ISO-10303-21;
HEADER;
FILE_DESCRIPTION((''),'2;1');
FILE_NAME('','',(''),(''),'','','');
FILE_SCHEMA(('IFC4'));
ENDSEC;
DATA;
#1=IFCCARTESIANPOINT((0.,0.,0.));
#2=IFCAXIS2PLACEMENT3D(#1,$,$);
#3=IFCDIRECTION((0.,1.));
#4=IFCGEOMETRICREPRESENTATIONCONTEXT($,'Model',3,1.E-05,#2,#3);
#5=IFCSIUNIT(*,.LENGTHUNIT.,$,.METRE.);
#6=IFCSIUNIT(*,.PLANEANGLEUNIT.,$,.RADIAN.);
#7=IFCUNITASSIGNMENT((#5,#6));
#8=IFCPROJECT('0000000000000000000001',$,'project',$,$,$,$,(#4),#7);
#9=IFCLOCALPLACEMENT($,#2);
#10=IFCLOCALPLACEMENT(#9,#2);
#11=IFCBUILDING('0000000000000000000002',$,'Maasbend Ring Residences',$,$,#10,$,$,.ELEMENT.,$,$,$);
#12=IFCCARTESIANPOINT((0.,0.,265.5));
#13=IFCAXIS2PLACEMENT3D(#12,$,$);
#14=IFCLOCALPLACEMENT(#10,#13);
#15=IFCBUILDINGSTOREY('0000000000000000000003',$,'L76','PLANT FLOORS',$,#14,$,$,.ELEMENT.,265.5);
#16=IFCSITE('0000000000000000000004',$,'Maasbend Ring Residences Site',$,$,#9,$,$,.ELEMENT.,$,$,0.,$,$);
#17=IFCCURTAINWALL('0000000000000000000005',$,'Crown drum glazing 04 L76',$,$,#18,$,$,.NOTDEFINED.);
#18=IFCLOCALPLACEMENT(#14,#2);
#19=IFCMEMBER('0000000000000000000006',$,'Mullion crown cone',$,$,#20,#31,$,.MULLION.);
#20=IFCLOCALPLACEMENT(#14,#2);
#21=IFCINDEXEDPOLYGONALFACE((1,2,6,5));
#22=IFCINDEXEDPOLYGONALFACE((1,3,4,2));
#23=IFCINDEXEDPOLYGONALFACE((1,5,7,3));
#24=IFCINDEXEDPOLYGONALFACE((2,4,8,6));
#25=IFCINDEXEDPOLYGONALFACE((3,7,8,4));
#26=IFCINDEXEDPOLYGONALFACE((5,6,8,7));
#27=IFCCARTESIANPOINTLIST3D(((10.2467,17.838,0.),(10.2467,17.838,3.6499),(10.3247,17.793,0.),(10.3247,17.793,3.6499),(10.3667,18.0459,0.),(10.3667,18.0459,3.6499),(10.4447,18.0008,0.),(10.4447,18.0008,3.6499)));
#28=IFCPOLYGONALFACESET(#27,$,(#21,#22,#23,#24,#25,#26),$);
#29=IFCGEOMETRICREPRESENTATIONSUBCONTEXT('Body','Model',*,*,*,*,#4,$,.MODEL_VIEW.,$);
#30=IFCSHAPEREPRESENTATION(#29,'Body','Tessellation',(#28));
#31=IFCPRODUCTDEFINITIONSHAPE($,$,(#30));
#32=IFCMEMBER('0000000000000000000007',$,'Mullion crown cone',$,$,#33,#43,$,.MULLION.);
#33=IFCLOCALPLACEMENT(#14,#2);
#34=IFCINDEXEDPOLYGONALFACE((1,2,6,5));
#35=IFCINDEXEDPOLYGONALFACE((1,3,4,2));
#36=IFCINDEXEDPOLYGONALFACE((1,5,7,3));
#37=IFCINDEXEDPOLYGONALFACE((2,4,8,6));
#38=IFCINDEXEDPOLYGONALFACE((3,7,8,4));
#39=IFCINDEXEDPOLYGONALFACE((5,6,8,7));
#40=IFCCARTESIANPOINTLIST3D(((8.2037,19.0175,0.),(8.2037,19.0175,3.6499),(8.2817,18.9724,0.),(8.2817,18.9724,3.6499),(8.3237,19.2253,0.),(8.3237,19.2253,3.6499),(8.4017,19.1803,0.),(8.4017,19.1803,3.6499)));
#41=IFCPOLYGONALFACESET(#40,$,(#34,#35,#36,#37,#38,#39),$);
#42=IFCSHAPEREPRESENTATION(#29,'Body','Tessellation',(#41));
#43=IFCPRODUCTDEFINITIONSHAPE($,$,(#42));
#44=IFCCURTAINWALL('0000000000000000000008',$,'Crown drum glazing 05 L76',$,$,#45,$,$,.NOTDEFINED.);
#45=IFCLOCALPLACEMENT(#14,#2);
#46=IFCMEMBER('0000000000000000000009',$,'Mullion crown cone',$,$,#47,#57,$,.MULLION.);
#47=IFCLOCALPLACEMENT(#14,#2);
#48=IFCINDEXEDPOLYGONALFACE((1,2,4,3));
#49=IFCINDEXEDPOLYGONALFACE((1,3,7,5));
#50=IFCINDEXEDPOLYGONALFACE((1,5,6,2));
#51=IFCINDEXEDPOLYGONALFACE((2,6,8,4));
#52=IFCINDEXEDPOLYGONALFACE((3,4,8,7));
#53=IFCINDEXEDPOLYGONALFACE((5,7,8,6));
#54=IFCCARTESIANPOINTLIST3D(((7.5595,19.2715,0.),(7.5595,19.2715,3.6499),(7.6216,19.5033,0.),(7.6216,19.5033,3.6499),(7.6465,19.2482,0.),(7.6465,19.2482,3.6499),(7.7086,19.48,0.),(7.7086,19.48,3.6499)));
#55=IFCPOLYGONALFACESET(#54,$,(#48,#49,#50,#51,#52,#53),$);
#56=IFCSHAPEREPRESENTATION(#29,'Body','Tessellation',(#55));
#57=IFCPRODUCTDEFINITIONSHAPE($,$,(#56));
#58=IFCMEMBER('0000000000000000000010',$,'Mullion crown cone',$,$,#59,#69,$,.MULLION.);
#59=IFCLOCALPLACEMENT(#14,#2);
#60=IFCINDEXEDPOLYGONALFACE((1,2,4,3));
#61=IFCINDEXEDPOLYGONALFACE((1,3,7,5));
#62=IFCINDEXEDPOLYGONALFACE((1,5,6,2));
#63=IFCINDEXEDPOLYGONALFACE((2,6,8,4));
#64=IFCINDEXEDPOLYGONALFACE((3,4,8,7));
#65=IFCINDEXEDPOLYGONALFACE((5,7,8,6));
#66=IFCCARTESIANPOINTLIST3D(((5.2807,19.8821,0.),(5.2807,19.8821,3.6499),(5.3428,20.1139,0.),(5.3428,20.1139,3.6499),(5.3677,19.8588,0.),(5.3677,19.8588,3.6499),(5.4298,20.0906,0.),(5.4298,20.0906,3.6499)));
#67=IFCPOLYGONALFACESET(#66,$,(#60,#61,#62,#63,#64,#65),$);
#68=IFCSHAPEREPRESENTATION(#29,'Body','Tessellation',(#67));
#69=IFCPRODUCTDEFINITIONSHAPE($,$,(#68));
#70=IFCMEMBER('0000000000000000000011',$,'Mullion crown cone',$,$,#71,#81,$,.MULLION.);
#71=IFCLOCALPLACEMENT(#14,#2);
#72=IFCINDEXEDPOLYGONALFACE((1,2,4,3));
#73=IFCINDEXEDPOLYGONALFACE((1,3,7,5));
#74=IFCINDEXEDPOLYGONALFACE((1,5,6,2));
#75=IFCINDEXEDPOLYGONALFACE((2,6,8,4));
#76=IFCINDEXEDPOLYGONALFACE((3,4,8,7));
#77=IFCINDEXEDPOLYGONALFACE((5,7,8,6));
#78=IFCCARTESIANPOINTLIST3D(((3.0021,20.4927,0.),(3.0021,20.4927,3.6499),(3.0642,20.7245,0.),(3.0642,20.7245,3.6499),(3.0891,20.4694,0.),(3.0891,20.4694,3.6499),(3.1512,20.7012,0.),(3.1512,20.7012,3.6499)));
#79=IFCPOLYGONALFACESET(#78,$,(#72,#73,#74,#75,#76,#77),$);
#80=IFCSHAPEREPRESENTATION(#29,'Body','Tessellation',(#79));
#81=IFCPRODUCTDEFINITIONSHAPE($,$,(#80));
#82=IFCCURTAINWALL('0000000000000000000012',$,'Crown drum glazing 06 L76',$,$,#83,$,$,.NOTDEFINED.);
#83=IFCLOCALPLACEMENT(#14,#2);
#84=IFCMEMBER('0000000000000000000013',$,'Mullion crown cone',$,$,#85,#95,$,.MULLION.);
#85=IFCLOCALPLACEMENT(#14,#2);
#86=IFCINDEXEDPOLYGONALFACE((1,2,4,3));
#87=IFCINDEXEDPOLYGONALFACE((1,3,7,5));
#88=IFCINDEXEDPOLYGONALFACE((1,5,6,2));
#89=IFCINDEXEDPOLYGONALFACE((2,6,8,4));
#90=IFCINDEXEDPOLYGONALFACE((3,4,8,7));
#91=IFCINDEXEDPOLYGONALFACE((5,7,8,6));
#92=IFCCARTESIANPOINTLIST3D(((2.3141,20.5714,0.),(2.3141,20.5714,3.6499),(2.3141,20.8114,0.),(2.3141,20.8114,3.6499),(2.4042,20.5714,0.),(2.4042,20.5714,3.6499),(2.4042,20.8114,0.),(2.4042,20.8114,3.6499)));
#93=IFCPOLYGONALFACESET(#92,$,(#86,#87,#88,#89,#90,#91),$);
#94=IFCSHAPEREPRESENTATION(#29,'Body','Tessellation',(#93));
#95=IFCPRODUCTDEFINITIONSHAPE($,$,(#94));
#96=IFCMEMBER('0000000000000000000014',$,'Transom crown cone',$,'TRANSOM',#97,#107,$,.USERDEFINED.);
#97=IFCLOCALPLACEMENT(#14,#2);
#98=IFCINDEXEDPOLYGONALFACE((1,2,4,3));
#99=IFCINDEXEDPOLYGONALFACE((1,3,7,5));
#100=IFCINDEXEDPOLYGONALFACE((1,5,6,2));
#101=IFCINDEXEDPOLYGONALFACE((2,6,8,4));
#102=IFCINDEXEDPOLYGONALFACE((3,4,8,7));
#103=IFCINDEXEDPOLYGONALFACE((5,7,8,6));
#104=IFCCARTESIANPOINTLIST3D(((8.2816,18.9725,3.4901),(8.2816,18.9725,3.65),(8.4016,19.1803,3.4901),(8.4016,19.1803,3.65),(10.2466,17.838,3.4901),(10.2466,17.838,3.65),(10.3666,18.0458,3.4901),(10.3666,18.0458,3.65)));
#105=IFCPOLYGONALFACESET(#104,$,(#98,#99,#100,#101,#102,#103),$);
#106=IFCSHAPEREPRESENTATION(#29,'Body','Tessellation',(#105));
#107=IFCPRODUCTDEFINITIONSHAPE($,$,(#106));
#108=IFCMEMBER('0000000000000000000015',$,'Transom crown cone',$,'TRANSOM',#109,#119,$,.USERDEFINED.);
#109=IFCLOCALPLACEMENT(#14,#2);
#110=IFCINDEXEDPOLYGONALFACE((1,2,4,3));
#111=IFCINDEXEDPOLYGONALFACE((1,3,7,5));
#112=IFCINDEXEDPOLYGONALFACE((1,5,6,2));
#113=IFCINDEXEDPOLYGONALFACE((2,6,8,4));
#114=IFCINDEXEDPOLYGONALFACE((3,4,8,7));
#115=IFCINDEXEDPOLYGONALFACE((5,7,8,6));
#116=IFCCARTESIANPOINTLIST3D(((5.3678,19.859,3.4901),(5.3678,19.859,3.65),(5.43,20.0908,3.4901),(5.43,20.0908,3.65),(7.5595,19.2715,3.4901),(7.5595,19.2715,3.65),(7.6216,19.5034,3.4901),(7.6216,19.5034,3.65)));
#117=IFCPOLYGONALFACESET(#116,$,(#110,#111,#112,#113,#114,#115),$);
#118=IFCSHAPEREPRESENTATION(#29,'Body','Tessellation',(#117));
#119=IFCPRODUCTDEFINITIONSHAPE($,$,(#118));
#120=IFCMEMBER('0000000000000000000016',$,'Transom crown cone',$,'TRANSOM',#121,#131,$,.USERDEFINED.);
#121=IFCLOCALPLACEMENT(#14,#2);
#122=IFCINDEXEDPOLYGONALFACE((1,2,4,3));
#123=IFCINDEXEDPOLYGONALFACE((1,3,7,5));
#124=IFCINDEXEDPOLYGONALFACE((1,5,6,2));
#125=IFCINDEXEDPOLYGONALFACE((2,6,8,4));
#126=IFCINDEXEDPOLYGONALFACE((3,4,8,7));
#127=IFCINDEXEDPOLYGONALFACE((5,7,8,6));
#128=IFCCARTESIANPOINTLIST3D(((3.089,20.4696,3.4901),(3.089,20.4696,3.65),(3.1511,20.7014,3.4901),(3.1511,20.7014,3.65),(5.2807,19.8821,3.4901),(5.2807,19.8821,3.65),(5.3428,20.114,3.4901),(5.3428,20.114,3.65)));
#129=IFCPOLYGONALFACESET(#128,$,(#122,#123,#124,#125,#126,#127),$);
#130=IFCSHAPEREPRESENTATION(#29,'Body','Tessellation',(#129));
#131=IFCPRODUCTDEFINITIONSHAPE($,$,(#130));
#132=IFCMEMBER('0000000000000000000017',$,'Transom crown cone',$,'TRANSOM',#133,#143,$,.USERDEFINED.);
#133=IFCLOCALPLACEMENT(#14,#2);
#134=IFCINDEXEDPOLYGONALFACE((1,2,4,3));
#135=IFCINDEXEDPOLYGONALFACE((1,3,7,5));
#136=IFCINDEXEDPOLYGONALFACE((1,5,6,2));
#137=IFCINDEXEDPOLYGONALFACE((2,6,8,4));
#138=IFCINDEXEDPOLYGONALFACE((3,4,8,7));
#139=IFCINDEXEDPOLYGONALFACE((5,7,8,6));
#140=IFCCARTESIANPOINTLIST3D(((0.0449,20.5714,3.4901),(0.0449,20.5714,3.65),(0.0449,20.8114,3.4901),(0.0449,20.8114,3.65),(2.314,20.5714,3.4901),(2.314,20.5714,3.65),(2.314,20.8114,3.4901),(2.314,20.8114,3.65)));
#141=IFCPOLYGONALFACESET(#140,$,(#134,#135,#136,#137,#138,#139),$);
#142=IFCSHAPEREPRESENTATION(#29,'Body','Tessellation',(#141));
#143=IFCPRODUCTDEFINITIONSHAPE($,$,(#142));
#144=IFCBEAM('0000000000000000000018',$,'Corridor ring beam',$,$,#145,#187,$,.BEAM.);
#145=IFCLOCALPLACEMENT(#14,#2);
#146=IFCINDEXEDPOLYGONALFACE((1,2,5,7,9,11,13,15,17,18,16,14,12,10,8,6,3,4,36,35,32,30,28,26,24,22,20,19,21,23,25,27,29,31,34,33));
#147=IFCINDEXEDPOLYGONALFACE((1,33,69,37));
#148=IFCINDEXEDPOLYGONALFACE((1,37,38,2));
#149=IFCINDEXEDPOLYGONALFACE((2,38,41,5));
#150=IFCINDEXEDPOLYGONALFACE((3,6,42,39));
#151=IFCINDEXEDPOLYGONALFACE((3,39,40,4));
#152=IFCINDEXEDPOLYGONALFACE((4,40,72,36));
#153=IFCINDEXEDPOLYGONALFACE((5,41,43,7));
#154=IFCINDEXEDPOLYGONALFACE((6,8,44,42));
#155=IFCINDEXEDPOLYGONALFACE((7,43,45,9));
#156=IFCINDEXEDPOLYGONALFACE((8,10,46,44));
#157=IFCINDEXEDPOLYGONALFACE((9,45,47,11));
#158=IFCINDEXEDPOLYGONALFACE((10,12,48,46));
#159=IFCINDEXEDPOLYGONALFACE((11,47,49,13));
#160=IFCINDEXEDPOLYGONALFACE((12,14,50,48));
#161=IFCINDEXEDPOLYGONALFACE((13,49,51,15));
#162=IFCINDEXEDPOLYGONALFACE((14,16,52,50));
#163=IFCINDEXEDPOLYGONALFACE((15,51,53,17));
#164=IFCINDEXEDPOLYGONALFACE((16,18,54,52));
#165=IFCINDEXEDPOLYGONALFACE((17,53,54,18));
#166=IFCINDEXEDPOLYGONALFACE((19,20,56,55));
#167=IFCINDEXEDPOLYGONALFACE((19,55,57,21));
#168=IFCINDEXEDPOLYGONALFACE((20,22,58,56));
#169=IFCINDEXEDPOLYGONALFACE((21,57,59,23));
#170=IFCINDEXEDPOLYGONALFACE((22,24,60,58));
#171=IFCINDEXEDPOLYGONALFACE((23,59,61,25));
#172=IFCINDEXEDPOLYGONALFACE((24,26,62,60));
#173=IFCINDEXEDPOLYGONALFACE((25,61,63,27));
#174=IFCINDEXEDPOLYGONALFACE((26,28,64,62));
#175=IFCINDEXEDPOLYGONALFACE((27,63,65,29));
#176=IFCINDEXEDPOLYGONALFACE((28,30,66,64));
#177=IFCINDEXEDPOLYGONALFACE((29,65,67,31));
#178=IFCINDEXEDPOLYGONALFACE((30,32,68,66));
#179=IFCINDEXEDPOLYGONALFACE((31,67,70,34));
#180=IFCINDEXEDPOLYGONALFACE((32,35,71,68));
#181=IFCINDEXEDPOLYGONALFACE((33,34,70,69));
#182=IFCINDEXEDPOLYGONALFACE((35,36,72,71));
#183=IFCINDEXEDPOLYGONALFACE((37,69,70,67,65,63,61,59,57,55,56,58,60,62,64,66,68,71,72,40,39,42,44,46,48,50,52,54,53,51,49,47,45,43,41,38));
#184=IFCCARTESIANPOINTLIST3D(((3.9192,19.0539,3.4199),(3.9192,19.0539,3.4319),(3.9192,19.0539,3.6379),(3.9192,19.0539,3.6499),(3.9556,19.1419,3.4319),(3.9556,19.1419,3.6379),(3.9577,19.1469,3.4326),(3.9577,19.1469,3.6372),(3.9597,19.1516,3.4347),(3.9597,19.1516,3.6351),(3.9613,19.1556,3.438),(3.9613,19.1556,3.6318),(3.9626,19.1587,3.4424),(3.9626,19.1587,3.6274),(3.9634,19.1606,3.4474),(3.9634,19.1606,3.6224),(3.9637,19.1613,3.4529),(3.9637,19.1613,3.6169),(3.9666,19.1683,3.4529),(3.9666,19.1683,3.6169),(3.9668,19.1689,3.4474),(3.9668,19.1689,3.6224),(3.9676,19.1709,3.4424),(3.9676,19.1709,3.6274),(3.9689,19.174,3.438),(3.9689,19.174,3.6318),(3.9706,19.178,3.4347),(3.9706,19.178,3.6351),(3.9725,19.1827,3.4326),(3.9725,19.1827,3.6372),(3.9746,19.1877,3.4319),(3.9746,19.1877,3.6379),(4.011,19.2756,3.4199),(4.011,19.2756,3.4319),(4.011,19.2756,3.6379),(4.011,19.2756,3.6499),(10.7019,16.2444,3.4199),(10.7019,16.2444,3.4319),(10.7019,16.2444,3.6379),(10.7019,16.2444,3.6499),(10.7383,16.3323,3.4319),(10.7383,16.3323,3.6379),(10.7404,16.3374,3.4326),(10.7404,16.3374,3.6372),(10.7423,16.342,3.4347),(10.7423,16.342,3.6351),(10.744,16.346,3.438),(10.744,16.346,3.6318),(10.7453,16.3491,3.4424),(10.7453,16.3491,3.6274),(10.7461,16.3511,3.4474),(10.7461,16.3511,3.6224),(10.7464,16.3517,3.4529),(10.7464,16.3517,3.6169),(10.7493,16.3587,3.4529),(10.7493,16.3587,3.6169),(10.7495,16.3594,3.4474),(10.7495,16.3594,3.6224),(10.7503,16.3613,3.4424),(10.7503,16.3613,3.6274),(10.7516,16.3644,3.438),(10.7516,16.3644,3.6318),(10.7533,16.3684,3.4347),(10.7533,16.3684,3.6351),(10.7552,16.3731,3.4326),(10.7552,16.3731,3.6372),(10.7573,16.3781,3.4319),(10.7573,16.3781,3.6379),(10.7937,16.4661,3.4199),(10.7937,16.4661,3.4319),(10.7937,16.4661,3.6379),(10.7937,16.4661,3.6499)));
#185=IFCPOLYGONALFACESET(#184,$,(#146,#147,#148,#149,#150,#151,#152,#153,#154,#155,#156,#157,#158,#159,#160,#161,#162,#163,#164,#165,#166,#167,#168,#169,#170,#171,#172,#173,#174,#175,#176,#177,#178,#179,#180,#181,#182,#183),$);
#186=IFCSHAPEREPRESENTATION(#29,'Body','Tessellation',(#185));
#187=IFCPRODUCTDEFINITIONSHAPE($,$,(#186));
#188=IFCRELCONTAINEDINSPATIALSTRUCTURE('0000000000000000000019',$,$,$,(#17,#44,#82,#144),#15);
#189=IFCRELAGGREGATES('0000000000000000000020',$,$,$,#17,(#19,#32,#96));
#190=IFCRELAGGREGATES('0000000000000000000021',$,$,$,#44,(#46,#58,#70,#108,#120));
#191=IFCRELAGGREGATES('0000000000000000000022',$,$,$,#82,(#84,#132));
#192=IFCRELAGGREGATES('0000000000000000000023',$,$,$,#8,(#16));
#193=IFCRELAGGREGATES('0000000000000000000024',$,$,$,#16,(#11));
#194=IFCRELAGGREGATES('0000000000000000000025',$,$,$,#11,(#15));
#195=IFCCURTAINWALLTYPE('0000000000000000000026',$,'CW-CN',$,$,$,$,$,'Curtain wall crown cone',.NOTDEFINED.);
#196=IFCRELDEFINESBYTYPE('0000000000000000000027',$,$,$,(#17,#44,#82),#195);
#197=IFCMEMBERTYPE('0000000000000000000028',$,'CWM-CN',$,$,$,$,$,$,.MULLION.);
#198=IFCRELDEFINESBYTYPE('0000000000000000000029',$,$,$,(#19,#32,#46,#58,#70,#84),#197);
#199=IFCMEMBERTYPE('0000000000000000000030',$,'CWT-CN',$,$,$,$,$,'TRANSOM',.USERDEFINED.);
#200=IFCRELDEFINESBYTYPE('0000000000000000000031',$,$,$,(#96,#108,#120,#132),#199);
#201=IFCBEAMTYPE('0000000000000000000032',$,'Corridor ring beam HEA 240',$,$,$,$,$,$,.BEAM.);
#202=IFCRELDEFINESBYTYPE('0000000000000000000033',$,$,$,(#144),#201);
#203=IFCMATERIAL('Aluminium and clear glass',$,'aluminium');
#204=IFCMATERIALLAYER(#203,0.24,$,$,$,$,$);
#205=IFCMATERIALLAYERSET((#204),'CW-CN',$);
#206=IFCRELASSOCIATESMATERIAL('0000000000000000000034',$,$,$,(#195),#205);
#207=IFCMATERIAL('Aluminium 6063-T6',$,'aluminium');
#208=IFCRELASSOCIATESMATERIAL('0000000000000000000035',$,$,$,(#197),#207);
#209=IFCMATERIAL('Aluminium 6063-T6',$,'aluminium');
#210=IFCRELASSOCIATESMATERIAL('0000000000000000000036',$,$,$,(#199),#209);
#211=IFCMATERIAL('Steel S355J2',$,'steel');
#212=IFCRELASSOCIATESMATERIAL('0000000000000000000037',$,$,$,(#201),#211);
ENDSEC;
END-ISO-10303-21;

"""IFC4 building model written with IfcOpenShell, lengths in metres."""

from ifc_helpers import new_model, si_unit, direction, frame, origin, origin_2d, place, context, subcontext, project, spatial, rectangle, i_section, extrude, material, layer, layer_set, material_profile, profile_set, type_object, element, aggregate, save


model = new_model("IFC4")

# Units and contexts
model_context = context("Model", 3, precision=1e-05, world=origin(), true_north=direction((0.0, 1.0)))
body_context = subcontext(model_context, "Body", "Model", "MODEL_VIEW")
ifc_project = project(units=[si_unit("LENGTHUNIT", "METRE"), si_unit("PLANEANGLEUNIT", "RADIAN")], contexts=[model_context])

# Site, building, storey
site_placement = place(None, origin())
site = spatial("IfcSite", under=ifc_project, at=site_placement, Name="Maasbend Ring Residences Site", CompositionType="ELEMENT", RefElevation=0.0)
building_placement = place(site_placement, origin())
building = spatial("IfcBuilding", under=site, at=building_placement, Name="Maasbend Ring Residences", CompositionType="ELEMENT")
storey_placement = place(building_placement, frame((0.0, 0.0, 265.5)))
storey = spatial("IfcBuildingStorey", under=building, at=storey_placement, Name="L76", Description="PLANT FLOORS", CompositionType="ELEMENT", Elevation=265.5)

# Curtain walls, members
ifc_material_1 = material(Name="Aluminium and clear glass", Category="aluminium")
ifc_layer_1 = layer(ifc_material_1, 0.24)
ifc_layer_set_1 = layer_set([ifc_layer_1], Name="CW-CN")
curtain_wall_type = type_object("IfcCurtainWallType", Name="CW-CN", ElementType="Curtain wall crown cone", PredefinedType="NOTDEFINED", material=ifc_layer_set_1)
curtain_wall_1_placement = place(storey_placement, origin())
curtain_wall_1 = element("IfcCurtainWall", 1, at=curtain_wall_1_placement, inside=storey, type_object=curtain_wall_type, Name="Crown drum glazing 04 L76", PredefinedType="NOTDEFINED")
ifc_material_2 = material(Name="Aluminium 6063-T6", Category="aluminium")
ifc_material_profile_1 = material_profile(ifc_material_2, rectangle(XDim=0.24, YDim=0.0901, at=origin_2d()), Name="AL 240x90")
ifc_profile_set_1 = profile_set([ifc_material_profile_1], Name="Aluminium 6063-T6")
member_type_1 = type_object("IfcMemberType", Name="CWM-CN", PredefinedType="MULLION", material=ifc_profile_set_1)
member_1_placement = place(storey_placement, frame((10.3457, 17.9194, 0.0), z_axis=(0.0, 0.0, 1.0), x_axis=(-0.5, -0.866025, 0.0)))
member_1 = element("IfcMember", 2, at=member_1_placement, type_object=member_type_1, Name="Mullion crown cone", PredefinedType="MULLION", context=body_context, shape_type="SweptSolid", body=[
    extrude(rectangle(XDim=0.24, YDim=0.0901, at=origin_2d()), origin(), (0.0, 0.0, 1.0), 3.6499),
])
member_2_placement = place(storey_placement, frame((8.3027, 19.0989, 0.0), z_axis=(0.0, 0.0, 1.0), x_axis=(-0.5, -0.866025, 0.0)))
member_2 = element("IfcMember", 3, at=member_2_placement, type_object=member_type_1, Name="Mullion crown cone", PredefinedType="MULLION", context=body_context, shape_type="SweptSolid", body=[
    extrude(rectangle(XDim=0.24, YDim=0.0901, at=origin_2d()), origin(), (0.0, 0.0, 1.0), 3.6499),
])
curtain_wall_2_placement = place(storey_placement, origin())
curtain_wall_2 = element("IfcCurtainWall", 4, at=curtain_wall_2_placement, inside=storey, type_object=curtain_wall_type, Name="Crown drum glazing 05 L76", PredefinedType="NOTDEFINED")
member_3_placement = place(storey_placement, frame((7.634, 19.3757, 0.0), z_axis=(0.0, 0.0, 1.0), x_axis=(-0.258819, -0.965926, 0.0)))
member_3 = element("IfcMember", 5, at=member_3_placement, type_object=member_type_1, Name="Mullion crown cone", PredefinedType="MULLION", context=body_context, shape_type="SweptSolid", body=[
    extrude(rectangle(XDim=0.24, YDim=0.0901, at=origin_2d()), origin(), (0.0, 0.0, 1.0), 3.6499),
])
member_4_placement = place(storey_placement, frame((5.3552, 19.9863, 0.0), z_axis=(0.0, 0.0, 1.0), x_axis=(-0.258819, -0.965926, 0.0)))
member_4 = element("IfcMember", 6, at=member_4_placement, type_object=member_type_1, Name="Mullion crown cone", PredefinedType="MULLION", context=body_context, shape_type="SweptSolid", body=[
    extrude(rectangle(XDim=0.24, YDim=0.0901, at=origin_2d()), origin(), (0.0, 0.0, 1.0), 3.6499),
])
member_5_placement = place(storey_placement, frame((3.0767, 20.5969, 0.0), z_axis=(0.0, 0.0, 1.0), x_axis=(-0.258819, -0.965926, 0.0)))
member_5 = element("IfcMember", 7, at=member_5_placement, type_object=member_type_1, Name="Mullion crown cone", PredefinedType="MULLION", context=body_context, shape_type="SweptSolid", body=[
    extrude(rectangle(XDim=0.24, YDim=0.0901, at=origin_2d()), origin(), (0.0, 0.0, 1.0), 3.6499),
])

# Curtain wall, member
curtain_wall_3_placement = place(storey_placement, origin())
curtain_wall_3 = element("IfcCurtainWall", 8, at=curtain_wall_3_placement, inside=storey, type_object=curtain_wall_type, Name="Crown drum glazing 06 L76", PredefinedType="NOTDEFINED")
member_6_placement = place(storey_placement, frame((2.3591, 20.6914, 0.0), z_axis=(0.0, 0.0, 1.0), x_axis=(0.0, -1.0, 0.0)))
member_6 = element("IfcMember", 9, at=member_6_placement, type_object=member_type_1, Name="Mullion crown cone", PredefinedType="MULLION", context=body_context, shape_type="SweptSolid", body=[
    extrude(rectangle(XDim=0.24, YDim=0.0901, at=origin_2d()), origin(), (0.0, 0.0, 1.0), 3.6499),
])

# Members
ifc_material_3 = material(Name="Aluminium 6063-T6", Category="aluminium")
ifc_material_profile_2 = material_profile(ifc_material_3, rectangle(XDim=0.24, YDim=0.1599, at=origin_2d()), Name="AL 240x160")
ifc_profile_set_2 = profile_set([ifc_material_profile_2], Name="Aluminium 6063-T6")
member_type_2 = type_object("IfcMemberType", Name="CWT-CN", ElementType="TRANSOM", PredefinedType="USERDEFINED", material=ifc_profile_set_2)
member_7_placement = place(storey_placement, frame((10.3066, 17.9419, 3.5701), z_axis=(-0.86603, 0.499993, 0.0), x_axis=(-0.499993, -0.86603, 0.0)))
member_7 = element("IfcMember", 10, at=member_7_placement, type_object=member_type_2, Name="Transom crown cone", ObjectType="TRANSOM", PredefinedType="USERDEFINED", context=body_context, shape_type="SweptSolid", body=[
    extrude(rectangle(XDim=0.24, YDim=0.1599, at=origin_2d()), origin(), (0.0, 0.0, 1.0), 2.269),
])
member_8_placement = place(storey_placement, frame((7.5906, 19.3875, 3.5701), z_axis=(-0.965909, 0.258881, 0.0), x_axis=(-0.258881, -0.965909, 0.0)))
member_8 = element("IfcMember", 11, at=member_8_placement, type_object=member_type_2, Name="Transom crown cone", ObjectType="TRANSOM", PredefinedType="USERDEFINED", context=body_context, shape_type="SweptSolid", body=[
    extrude(rectangle(XDim=0.24, YDim=0.1599, at=origin_2d()), origin(), (0.0, 0.0, 1.0), 2.269),
])
member_9_placement = place(storey_placement, frame((5.3118, 19.998, 3.5701), z_axis=(-0.965909, 0.258881, 0.0), x_axis=(-0.258881, -0.965909, 0.0)))
member_9 = element("IfcMember", 12, at=member_9_placement, type_object=member_type_2, Name="Transom crown cone", ObjectType="TRANSOM", PredefinedType="USERDEFINED", context=body_context, shape_type="SweptSolid", body=[
    extrude(rectangle(XDim=0.24, YDim=0.1599, at=origin_2d()), origin(), (0.0, 0.0, 1.0), 2.269),
])
member_10_placement = place(storey_placement, frame((2.314, 20.6914, 3.5701), z_axis=(-1.0, 0.0, 0.0), x_axis=(0.0, -1.0, 0.0)))
member_10 = element("IfcMember", 13, at=member_10_placement, type_object=member_type_2, Name="Transom crown cone", ObjectType="TRANSOM", PredefinedType="USERDEFINED", context=body_context, shape_type="SweptSolid", body=[
    extrude(rectangle(XDim=0.24, YDim=0.1599, at=origin_2d()), origin(), (0.0, 0.0, 1.0), 2.269),
])

# Beam
ifc_material_4 = material(Name="Steel S355J2", Category="steel")
ifc_material_profile_3 = material_profile(ifc_material_4, i_section(OverallWidth=0.24, OverallDepth=0.23, WebThickness=0.0076, FlangeThickness=0.012, FilletRadius=0.021, at=origin_2d()), Name="HEA 240")
ifc_profile_set_3 = profile_set([ifc_material_profile_3], Name="Steel S355J2")
beam_type_1 = type_object("IfcBeamType", Name="Corridor ring beam HEA 240", PredefinedType="BEAM", material=ifc_profile_set_3)
beam_1_placement = place(storey_placement, frame((10.7478, 16.3552, 3.5349), z_axis=(-0.923876, 0.382692, 0.0), x_axis=(-0.382692, -0.923876, 0.0)))
element("IfcBeam", 14, at=beam_1_placement, inside=storey, type_object=beam_type_1, Name="Corridor ring beam", PredefinedType="BEAM", context=body_context, shape_type="SweptSolid", body=[
    extrude(i_section(OverallWidth=0.24, OverallDepth=0.23, WebThickness=0.0076, FlangeThickness=0.012, FilletRadius=0.021, at=origin_2d()), origin(), (0.0, 0.0, 1.0), 7.3416),
])

aggregate(curtain_wall_1, [member_1, member_2, member_7])
aggregate(curtain_wall_2, [member_3, member_4, member_5, member_8, member_9])
aggregate(curtain_wall_3, [member_6, member_10])

save(model, "model.ifc")
